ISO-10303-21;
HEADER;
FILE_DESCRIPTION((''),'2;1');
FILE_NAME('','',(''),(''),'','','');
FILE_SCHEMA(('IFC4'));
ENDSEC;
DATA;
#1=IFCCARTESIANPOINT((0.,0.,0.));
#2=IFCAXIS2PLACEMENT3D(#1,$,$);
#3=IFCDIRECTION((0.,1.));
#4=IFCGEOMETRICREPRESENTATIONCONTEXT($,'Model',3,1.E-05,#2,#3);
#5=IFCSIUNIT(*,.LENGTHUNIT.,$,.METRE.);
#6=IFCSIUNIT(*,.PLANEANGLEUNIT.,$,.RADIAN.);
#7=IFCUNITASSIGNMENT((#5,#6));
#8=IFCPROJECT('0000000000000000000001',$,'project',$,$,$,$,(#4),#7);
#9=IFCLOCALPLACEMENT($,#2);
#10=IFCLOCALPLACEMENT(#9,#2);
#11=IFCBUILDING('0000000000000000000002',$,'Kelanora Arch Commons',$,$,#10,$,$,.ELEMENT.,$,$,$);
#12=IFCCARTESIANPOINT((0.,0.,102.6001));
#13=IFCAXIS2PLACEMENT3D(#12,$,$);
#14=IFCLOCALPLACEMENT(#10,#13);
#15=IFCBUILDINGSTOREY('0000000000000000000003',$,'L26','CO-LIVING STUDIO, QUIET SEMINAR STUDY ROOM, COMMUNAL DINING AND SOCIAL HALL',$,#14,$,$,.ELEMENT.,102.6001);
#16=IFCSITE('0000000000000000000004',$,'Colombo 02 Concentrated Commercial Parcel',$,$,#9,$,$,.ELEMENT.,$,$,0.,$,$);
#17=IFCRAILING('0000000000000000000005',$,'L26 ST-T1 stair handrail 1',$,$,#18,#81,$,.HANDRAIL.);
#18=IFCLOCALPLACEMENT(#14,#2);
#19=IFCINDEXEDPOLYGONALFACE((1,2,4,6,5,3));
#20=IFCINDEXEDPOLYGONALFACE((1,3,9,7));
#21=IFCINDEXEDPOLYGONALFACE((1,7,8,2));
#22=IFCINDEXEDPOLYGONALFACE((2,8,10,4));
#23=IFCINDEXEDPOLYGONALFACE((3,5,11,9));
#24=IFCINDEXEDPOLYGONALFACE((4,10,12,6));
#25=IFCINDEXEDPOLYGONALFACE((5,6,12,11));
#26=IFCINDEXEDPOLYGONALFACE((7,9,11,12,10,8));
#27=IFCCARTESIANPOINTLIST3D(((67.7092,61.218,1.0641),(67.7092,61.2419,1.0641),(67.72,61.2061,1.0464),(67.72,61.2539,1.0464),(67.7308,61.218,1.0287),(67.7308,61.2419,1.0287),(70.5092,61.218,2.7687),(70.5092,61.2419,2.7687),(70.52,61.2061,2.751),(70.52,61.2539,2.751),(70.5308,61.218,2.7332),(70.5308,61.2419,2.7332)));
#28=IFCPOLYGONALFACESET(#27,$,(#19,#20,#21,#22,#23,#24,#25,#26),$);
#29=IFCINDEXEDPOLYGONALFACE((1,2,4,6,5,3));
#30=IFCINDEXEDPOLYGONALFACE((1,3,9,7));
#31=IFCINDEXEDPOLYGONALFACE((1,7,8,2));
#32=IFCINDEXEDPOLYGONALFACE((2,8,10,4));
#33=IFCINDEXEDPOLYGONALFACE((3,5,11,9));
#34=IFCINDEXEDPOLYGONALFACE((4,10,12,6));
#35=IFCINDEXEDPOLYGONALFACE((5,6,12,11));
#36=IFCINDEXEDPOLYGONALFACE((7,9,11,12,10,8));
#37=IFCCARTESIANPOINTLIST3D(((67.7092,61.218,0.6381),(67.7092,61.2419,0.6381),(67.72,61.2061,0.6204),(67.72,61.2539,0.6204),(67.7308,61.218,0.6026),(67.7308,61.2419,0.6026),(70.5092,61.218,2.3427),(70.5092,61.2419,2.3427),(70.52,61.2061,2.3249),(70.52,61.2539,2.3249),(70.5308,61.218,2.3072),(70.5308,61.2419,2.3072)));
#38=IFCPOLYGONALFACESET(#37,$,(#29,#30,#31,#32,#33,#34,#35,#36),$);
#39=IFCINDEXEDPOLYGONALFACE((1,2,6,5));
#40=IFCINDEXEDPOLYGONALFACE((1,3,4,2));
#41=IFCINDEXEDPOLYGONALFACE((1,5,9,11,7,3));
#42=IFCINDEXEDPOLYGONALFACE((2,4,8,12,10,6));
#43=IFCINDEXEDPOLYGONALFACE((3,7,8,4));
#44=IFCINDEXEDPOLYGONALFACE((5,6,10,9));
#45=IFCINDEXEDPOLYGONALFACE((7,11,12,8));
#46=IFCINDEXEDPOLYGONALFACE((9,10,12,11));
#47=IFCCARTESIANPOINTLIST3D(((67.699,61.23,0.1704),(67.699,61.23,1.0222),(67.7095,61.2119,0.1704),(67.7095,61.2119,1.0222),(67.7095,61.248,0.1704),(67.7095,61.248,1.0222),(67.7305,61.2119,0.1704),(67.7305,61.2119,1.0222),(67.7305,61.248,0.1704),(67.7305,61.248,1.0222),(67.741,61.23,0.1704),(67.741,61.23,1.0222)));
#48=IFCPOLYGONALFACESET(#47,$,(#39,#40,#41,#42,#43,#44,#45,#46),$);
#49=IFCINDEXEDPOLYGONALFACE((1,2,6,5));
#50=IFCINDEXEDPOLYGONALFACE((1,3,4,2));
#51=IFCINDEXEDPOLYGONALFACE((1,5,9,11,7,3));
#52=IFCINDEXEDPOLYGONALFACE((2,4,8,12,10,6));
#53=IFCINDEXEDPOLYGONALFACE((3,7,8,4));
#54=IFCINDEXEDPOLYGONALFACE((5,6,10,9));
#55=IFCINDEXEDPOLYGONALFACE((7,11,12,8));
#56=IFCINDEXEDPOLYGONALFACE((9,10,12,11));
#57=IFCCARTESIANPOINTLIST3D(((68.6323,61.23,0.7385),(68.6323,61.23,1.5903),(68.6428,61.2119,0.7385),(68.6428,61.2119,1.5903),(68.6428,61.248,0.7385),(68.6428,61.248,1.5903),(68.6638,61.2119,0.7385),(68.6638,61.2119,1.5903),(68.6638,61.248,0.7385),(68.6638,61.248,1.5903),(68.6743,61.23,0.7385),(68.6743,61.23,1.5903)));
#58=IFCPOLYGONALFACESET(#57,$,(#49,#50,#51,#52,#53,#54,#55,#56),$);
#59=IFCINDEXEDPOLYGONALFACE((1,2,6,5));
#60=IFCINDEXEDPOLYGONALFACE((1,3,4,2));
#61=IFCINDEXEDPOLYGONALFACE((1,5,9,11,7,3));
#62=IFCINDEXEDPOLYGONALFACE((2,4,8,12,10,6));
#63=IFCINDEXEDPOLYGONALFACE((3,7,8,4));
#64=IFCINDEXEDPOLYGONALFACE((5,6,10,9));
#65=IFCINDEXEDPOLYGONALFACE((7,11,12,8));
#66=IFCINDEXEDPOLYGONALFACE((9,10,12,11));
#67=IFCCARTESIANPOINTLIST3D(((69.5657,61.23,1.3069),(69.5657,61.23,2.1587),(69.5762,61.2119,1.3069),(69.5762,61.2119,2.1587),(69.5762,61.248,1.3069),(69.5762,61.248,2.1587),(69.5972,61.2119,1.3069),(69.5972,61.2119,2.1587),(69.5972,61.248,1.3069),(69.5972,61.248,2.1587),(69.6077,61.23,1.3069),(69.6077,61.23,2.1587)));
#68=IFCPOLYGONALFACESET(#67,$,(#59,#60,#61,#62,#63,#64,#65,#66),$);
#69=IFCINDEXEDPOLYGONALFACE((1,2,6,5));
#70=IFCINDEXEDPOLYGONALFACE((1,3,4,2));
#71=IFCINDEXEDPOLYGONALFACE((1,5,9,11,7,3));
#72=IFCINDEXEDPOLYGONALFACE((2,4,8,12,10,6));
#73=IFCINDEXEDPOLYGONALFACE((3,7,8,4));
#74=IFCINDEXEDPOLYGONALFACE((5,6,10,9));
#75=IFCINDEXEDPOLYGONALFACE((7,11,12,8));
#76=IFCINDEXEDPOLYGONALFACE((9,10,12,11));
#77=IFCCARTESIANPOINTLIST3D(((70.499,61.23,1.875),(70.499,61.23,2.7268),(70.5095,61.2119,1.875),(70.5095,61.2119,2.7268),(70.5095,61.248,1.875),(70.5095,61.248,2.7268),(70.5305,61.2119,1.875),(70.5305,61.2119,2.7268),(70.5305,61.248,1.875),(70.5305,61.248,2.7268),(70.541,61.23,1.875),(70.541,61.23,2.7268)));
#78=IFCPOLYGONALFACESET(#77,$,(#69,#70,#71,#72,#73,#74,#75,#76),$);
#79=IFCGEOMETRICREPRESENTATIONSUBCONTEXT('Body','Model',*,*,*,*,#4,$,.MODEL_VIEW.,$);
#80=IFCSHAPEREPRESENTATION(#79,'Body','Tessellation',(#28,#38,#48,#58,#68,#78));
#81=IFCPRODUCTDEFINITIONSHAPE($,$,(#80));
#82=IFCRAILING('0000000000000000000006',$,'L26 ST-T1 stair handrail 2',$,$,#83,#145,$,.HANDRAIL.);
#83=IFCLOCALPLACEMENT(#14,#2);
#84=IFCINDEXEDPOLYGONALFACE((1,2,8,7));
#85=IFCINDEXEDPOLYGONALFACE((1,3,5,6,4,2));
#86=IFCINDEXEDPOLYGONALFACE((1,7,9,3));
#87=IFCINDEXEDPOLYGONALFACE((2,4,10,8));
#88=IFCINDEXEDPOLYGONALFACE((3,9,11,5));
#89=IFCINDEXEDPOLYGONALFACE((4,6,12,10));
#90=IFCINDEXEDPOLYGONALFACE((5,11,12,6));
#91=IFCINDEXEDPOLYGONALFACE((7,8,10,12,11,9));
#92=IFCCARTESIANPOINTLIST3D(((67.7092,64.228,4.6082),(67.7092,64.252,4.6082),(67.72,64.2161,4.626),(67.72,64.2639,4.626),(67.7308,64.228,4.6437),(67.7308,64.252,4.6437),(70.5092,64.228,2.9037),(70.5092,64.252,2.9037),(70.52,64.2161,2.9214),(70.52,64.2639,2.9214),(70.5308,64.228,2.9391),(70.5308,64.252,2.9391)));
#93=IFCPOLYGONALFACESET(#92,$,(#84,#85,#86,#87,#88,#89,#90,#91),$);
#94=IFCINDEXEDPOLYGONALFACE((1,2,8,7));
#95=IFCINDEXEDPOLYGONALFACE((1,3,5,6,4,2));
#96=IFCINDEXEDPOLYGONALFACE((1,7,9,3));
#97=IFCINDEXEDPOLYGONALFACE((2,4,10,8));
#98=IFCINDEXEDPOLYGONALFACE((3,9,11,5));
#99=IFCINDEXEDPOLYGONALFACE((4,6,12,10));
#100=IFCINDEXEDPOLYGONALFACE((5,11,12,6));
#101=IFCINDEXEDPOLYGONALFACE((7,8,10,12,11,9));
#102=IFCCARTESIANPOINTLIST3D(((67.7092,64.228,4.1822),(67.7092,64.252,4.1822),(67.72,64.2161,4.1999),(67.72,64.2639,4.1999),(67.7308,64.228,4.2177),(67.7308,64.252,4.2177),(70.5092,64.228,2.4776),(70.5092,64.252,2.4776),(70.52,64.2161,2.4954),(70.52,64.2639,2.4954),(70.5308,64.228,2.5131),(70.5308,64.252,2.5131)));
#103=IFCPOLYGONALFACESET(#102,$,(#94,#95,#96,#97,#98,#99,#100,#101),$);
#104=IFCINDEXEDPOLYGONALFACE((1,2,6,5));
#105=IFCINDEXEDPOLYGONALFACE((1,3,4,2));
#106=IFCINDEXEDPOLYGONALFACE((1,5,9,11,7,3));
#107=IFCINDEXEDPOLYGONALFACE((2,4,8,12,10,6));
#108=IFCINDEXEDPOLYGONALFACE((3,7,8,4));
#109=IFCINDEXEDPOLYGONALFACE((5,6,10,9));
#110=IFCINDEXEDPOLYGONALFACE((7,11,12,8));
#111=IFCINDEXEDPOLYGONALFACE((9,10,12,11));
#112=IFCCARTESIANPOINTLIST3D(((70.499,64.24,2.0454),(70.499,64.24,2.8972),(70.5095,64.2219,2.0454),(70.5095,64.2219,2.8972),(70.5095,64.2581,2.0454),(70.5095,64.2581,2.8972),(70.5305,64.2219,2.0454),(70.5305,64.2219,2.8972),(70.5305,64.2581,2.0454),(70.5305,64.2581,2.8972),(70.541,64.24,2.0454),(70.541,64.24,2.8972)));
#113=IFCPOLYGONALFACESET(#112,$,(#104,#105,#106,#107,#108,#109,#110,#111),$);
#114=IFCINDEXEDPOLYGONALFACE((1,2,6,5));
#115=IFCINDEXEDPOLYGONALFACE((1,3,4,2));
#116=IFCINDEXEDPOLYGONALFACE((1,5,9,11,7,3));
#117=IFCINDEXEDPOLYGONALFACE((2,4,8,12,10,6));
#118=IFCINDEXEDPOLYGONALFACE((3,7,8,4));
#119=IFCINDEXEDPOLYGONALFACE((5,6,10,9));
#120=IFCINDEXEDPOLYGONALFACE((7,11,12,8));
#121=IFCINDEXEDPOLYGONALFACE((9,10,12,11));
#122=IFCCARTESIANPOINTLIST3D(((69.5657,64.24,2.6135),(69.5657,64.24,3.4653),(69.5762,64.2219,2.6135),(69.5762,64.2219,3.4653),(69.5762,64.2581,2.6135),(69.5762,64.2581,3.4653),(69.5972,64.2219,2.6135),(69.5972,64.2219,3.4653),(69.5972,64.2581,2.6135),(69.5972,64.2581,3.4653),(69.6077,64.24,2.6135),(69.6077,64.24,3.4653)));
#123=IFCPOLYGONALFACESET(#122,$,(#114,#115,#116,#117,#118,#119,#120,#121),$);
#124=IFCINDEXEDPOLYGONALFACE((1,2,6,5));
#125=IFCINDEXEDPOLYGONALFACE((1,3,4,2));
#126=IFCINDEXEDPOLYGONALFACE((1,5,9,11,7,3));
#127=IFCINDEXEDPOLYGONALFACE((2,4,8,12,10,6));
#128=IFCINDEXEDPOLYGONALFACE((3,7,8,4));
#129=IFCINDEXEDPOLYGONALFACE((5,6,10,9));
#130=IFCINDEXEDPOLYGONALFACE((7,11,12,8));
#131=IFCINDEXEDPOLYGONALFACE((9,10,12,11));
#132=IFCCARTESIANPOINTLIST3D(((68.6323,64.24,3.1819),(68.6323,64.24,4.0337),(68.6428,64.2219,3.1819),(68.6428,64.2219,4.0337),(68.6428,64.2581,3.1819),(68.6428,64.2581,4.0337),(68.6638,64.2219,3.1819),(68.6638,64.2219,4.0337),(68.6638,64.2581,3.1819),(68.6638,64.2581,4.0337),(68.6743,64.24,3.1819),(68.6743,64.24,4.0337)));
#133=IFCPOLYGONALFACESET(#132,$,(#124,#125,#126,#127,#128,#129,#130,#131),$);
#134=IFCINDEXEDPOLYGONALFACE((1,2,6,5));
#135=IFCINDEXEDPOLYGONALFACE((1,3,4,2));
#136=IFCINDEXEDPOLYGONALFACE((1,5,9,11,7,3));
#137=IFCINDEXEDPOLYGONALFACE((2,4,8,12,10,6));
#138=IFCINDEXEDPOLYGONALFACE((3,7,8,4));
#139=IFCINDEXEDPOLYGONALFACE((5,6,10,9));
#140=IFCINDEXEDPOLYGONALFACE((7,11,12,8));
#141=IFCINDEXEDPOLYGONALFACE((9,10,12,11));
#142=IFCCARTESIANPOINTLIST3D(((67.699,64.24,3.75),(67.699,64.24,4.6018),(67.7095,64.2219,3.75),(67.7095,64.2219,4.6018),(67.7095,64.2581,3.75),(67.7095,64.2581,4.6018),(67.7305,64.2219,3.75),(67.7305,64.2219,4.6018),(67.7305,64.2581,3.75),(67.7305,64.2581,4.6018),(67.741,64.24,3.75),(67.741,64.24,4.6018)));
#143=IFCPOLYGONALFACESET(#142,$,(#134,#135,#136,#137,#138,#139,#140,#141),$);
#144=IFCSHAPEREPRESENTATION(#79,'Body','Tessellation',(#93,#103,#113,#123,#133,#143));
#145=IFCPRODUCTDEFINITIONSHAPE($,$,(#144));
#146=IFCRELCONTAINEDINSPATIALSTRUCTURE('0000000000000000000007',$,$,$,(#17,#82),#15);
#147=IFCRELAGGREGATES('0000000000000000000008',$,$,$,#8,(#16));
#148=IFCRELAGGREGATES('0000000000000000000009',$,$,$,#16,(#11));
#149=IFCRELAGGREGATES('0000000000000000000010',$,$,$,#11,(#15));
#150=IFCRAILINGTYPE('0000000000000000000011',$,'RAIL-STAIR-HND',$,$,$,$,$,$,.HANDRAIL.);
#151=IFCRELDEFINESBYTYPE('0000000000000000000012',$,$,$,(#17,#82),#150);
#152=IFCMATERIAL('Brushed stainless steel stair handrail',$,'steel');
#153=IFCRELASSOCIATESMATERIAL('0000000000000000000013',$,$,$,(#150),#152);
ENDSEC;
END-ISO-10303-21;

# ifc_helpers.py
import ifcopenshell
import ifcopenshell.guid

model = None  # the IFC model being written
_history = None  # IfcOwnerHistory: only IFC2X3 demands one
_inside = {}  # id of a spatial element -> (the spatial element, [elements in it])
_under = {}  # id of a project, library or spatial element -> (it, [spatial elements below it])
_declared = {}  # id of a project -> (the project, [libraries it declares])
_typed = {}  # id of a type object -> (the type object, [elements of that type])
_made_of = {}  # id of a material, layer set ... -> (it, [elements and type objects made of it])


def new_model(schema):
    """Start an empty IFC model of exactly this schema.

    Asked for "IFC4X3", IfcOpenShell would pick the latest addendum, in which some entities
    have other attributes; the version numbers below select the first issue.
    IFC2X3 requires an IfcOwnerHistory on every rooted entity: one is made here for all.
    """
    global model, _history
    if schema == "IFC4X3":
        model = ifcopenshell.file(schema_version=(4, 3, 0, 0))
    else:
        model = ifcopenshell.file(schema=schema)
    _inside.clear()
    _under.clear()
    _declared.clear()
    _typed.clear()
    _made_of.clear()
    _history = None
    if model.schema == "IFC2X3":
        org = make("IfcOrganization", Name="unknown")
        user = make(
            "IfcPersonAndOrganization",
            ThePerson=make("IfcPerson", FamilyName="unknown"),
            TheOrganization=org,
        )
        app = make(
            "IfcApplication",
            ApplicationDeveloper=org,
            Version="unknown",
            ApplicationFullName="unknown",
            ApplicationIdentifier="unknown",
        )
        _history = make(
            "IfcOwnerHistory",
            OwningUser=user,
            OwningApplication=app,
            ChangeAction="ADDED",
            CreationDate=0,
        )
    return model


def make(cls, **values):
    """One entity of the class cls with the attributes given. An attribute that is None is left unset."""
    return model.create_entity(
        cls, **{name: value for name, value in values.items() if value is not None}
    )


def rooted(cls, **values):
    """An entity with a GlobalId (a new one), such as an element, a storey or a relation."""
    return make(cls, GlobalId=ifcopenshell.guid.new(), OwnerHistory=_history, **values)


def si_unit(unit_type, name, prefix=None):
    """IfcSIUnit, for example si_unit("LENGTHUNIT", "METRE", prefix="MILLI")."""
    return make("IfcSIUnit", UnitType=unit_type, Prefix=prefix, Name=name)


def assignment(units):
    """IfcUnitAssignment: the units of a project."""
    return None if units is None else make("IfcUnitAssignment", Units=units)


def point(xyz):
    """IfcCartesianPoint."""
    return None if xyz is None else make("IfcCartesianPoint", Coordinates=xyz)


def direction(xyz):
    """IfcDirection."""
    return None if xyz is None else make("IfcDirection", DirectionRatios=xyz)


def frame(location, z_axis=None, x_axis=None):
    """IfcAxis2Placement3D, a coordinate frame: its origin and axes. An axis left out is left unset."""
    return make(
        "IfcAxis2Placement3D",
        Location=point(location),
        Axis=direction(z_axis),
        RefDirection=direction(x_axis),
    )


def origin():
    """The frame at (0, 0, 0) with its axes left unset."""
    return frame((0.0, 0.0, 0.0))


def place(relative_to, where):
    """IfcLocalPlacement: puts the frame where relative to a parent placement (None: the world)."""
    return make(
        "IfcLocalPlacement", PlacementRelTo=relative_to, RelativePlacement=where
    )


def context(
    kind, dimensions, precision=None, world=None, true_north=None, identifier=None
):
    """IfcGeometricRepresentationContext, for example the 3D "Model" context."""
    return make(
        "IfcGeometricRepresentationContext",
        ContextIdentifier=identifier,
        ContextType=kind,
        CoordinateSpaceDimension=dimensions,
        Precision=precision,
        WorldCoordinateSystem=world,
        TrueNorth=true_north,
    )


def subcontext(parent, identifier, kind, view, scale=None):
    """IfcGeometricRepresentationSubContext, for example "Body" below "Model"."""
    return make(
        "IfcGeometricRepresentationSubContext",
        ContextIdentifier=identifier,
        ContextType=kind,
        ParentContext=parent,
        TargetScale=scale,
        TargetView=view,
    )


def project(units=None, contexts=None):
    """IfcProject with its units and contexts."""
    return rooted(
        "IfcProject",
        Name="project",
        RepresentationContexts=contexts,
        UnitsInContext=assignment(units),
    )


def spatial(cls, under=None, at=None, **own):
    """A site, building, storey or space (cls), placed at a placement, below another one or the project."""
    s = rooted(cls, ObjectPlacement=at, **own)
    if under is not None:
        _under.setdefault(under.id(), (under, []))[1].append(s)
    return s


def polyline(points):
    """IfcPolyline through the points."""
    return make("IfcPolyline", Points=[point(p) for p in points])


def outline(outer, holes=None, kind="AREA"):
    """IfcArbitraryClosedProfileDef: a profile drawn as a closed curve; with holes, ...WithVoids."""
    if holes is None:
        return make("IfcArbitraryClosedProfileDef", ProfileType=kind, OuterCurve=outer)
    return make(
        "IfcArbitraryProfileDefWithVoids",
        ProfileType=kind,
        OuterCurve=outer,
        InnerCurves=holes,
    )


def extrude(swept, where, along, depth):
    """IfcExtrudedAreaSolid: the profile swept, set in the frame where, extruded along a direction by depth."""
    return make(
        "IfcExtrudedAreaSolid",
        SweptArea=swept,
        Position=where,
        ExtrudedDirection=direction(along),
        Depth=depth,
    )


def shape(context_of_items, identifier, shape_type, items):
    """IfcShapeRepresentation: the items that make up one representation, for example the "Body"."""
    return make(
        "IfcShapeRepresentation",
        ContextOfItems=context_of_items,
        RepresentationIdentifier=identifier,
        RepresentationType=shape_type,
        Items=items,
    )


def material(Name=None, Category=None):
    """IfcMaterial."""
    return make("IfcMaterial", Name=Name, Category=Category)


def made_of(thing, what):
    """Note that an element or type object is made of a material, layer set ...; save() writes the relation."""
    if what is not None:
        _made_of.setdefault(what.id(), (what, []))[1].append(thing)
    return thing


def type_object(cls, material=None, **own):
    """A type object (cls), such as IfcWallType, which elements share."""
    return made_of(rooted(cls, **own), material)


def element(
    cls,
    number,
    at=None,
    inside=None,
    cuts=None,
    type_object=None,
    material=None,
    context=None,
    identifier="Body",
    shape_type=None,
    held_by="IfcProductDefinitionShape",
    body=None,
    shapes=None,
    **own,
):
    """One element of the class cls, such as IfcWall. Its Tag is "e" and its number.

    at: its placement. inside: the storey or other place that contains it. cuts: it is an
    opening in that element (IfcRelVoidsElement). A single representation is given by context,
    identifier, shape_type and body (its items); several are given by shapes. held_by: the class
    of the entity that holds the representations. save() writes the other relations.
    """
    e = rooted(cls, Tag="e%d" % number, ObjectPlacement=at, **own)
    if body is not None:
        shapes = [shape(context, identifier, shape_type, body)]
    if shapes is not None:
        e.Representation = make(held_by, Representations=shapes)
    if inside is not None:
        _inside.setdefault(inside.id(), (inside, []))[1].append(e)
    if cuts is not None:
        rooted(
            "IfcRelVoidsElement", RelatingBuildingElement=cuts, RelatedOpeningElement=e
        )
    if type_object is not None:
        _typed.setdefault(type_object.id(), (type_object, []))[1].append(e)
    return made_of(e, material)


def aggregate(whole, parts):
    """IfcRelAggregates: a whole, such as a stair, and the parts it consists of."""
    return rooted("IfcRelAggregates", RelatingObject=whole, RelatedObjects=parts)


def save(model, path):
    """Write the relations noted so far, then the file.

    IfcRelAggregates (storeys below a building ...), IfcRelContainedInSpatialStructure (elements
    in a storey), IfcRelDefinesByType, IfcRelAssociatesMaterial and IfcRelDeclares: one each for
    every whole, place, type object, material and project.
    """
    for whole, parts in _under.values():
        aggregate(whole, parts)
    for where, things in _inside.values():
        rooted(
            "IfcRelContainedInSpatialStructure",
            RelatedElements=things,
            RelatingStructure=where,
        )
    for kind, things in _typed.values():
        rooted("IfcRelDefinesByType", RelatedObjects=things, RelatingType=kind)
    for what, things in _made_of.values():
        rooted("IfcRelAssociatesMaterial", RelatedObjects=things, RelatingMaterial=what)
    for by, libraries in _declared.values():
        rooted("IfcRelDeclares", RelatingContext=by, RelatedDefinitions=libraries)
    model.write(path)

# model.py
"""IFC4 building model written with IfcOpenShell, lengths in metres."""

from ifc_helpers import new_model, si_unit, direction, frame, origin, place, context, subcontext, project, spatial, polyline, outline, extrude, material, type_object, element, save


model = new_model("IFC4")

# Units and contexts
model_context = context("Model", 3, precision=1e-05, world=origin(), true_north=direction((0.0, 1.0)))
body_context = subcontext(model_context, "Body", "Model", "MODEL_VIEW")
ifc_project = project(units=[si_unit("LENGTHUNIT", "METRE"), si_unit("PLANEANGLEUNIT", "RADIAN")], contexts=[model_context])

# Site, building, storey
site_placement = place(None, origin())
site = spatial("IfcSite", under=ifc_project, at=site_placement, Name="Colombo 02 Concentrated Commercial Parcel", CompositionType="ELEMENT", RefElevation=0.0)
building_placement = place(site_placement, origin())
building = spatial("IfcBuilding", under=site, at=building_placement, Name="Kelanora Arch Commons", CompositionType="ELEMENT")
storey_placement = place(building_placement, frame((0.0, 0.0, 102.6001)))
storey = spatial("IfcBuildingStorey", under=building, at=storey_placement, Name="L26", Description="CO-LIVING STUDIO, QUIET SEMINAR STUDY ROOM, COMMUNAL DINING AND SOCIAL HALL", CompositionType="ELEMENT", Elevation=102.6001)

# Railings
ifc_material_1 = material(Name="Brushed stainless steel stair handrail", Category="steel")
railing_type_1 = type_object("IfcRailingType", Name="RAIL-STAIR-HND", PredefinedType="HANDRAIL", material=ifc_material_1)
railing_1_placement = place(storey_placement, frame((67.72, 61.23, 0.1704)))
element("IfcRailing", 1, at=railing_1_placement, inside=storey, type_object=railing_type_1, Name="L26 ST-T1 stair handrail 1", PredefinedType="HANDRAIL", context=body_context, shape_type="SweptSolid", body=[
    extrude(outline(polyline([(0.0239, 0.0), (0.012, 0.0208), (-0.012, 0.0208), (-0.0239, 0.0), (-0.012, -0.0208), (0.012, -0.0208), (0.0239, 0.0)])), frame((0.0, 0.0, 0.876), z_axis=(0.85417, 0.0, 0.519994), x_axis=(0.0, 1.0, 0.0)), (0.0, 0.0, 1.0), 3.2781),
    extrude(outline(polyline([(0.0239, 0.0), (0.012, 0.0208), (-0.012, 0.0208), (-0.0239, 0.0), (-0.012, -0.0208), (0.012, -0.0208), (0.0239, 0.0)])), frame((0.0, 0.0, 0.45), z_axis=(0.85417, 0.0, 0.519994), x_axis=(0.0, 1.0, 0.0)), (0.0, 0.0, 1.0), 3.2781),
    extrude(outline(polyline([(0.021, 0.0), (0.0105, 0.0181), (-0.0105, 0.0181), (-0.021, 0.0), (-0.0105, -0.0181), (0.0105, -0.0181), (0.021, 0.0)])), origin(), (0.0, 0.0, 1.0), 0.8518),
    extrude(outline(polyline([(0.021, 0.0), (0.0105, 0.0181), (-0.0105, 0.0181), (-0.021, 0.0), (-0.0105, -0.0181), (0.0105, -0.0181), (0.021, 0.0)])), frame((0.9333, 0.0, 0.5681)), (0.0, 0.0, 1.0), 0.8518),
    extrude(outline(polyline([(0.021, 0.0), (0.0105, 0.0181), (-0.0105, 0.0181), (-0.021, 0.0), (-0.0105, -0.0181), (0.0105, -0.0181), (0.021, 0.0)])), frame((1.8667, 0.0, 1.1365)), (0.0, 0.0, 1.0), 0.8518),
    extrude(outline(polyline([(0.021, 0.0), (0.0105, 0.0181), (-0.0105, 0.0181), (-0.021, 0.0), (-0.0105, -0.0181), (0.0105, -0.0181), (0.021, 0.0)])), frame((2.8, 0.0, 1.7046)), (0.0, 0.0, 1.0), 0.8518),
])
railing_2_placement = place(storey_placement, frame((70.52, 64.24, 2.0454)))
element("IfcRailing", 2, at=railing_2_placement, inside=storey, type_object=railing_type_1, Name="L26 ST-T1 stair handrail 2", PredefinedType="HANDRAIL", context=body_context, shape_type="SweptSolid", body=[
    extrude(outline(polyline([(0.0239, 0.0), (0.012, 0.0208), (-0.012, 0.0208), (-0.0239, 0.0), (-0.012, -0.0208), (0.012, -0.0208), (0.0239, 0.0)])), frame((0.0, 0.0, 0.876), z_axis=(-0.85417, 0.0, 0.519994), x_axis=(0.0, -1.0, 0.0)), (0.0, 0.0, 1.0), 3.2781),
    extrude(outline(polyline([(0.0239, 0.0), (0.012, 0.0208), (-0.012, 0.0208), (-0.0239, 0.0), (-0.012, -0.0208), (0.012, -0.0208), (0.0239, 0.0)])), frame((0.0, 0.0, 0.45), z_axis=(-0.85417, 0.0, 0.519994), x_axis=(0.0, -1.0, 0.0)), (0.0, 0.0, 1.0), 3.2781),
    extrude(outline(polyline([(0.021, 0.0), (0.0105, 0.0181), (-0.0105, 0.0181), (-0.021, 0.0), (-0.0105, -0.0181), (0.0105, -0.0181), (0.021, 0.0)])), origin(), (0.0, 0.0, 1.0), 0.8518),
    extrude(outline(polyline([(0.021, 0.0), (0.0105, 0.0181), (-0.0105, 0.0181), (-0.021, 0.0), (-0.0105, -0.0181), (0.0105, -0.0181), (0.021, 0.0)])), frame((-0.9333, 0.0, 0.5681)), (0.0, 0.0, 1.0), 0.8518),
    extrude(outline(polyline([(0.021, 0.0), (0.0105, 0.0181), (-0.0105, 0.0181), (-0.021, 0.0), (-0.0105, -0.0181), (0.0105, -0.0181), (0.021, 0.0)])), frame((-1.8667, 0.0, 1.1365)), (0.0, 0.0, 1.0), 0.8518),
    extrude(outline(polyline([(0.021, 0.0), (0.0105, 0.0181), (-0.0105, 0.0181), (-0.021, 0.0), (-0.0105, -0.0181), (0.0105, -0.0181), (0.021, 0.0)])), frame((-2.8, 0.0, 1.7046)), (0.0, 0.0, 1.0), 0.8518),
])

save(model, "model.ifc")
